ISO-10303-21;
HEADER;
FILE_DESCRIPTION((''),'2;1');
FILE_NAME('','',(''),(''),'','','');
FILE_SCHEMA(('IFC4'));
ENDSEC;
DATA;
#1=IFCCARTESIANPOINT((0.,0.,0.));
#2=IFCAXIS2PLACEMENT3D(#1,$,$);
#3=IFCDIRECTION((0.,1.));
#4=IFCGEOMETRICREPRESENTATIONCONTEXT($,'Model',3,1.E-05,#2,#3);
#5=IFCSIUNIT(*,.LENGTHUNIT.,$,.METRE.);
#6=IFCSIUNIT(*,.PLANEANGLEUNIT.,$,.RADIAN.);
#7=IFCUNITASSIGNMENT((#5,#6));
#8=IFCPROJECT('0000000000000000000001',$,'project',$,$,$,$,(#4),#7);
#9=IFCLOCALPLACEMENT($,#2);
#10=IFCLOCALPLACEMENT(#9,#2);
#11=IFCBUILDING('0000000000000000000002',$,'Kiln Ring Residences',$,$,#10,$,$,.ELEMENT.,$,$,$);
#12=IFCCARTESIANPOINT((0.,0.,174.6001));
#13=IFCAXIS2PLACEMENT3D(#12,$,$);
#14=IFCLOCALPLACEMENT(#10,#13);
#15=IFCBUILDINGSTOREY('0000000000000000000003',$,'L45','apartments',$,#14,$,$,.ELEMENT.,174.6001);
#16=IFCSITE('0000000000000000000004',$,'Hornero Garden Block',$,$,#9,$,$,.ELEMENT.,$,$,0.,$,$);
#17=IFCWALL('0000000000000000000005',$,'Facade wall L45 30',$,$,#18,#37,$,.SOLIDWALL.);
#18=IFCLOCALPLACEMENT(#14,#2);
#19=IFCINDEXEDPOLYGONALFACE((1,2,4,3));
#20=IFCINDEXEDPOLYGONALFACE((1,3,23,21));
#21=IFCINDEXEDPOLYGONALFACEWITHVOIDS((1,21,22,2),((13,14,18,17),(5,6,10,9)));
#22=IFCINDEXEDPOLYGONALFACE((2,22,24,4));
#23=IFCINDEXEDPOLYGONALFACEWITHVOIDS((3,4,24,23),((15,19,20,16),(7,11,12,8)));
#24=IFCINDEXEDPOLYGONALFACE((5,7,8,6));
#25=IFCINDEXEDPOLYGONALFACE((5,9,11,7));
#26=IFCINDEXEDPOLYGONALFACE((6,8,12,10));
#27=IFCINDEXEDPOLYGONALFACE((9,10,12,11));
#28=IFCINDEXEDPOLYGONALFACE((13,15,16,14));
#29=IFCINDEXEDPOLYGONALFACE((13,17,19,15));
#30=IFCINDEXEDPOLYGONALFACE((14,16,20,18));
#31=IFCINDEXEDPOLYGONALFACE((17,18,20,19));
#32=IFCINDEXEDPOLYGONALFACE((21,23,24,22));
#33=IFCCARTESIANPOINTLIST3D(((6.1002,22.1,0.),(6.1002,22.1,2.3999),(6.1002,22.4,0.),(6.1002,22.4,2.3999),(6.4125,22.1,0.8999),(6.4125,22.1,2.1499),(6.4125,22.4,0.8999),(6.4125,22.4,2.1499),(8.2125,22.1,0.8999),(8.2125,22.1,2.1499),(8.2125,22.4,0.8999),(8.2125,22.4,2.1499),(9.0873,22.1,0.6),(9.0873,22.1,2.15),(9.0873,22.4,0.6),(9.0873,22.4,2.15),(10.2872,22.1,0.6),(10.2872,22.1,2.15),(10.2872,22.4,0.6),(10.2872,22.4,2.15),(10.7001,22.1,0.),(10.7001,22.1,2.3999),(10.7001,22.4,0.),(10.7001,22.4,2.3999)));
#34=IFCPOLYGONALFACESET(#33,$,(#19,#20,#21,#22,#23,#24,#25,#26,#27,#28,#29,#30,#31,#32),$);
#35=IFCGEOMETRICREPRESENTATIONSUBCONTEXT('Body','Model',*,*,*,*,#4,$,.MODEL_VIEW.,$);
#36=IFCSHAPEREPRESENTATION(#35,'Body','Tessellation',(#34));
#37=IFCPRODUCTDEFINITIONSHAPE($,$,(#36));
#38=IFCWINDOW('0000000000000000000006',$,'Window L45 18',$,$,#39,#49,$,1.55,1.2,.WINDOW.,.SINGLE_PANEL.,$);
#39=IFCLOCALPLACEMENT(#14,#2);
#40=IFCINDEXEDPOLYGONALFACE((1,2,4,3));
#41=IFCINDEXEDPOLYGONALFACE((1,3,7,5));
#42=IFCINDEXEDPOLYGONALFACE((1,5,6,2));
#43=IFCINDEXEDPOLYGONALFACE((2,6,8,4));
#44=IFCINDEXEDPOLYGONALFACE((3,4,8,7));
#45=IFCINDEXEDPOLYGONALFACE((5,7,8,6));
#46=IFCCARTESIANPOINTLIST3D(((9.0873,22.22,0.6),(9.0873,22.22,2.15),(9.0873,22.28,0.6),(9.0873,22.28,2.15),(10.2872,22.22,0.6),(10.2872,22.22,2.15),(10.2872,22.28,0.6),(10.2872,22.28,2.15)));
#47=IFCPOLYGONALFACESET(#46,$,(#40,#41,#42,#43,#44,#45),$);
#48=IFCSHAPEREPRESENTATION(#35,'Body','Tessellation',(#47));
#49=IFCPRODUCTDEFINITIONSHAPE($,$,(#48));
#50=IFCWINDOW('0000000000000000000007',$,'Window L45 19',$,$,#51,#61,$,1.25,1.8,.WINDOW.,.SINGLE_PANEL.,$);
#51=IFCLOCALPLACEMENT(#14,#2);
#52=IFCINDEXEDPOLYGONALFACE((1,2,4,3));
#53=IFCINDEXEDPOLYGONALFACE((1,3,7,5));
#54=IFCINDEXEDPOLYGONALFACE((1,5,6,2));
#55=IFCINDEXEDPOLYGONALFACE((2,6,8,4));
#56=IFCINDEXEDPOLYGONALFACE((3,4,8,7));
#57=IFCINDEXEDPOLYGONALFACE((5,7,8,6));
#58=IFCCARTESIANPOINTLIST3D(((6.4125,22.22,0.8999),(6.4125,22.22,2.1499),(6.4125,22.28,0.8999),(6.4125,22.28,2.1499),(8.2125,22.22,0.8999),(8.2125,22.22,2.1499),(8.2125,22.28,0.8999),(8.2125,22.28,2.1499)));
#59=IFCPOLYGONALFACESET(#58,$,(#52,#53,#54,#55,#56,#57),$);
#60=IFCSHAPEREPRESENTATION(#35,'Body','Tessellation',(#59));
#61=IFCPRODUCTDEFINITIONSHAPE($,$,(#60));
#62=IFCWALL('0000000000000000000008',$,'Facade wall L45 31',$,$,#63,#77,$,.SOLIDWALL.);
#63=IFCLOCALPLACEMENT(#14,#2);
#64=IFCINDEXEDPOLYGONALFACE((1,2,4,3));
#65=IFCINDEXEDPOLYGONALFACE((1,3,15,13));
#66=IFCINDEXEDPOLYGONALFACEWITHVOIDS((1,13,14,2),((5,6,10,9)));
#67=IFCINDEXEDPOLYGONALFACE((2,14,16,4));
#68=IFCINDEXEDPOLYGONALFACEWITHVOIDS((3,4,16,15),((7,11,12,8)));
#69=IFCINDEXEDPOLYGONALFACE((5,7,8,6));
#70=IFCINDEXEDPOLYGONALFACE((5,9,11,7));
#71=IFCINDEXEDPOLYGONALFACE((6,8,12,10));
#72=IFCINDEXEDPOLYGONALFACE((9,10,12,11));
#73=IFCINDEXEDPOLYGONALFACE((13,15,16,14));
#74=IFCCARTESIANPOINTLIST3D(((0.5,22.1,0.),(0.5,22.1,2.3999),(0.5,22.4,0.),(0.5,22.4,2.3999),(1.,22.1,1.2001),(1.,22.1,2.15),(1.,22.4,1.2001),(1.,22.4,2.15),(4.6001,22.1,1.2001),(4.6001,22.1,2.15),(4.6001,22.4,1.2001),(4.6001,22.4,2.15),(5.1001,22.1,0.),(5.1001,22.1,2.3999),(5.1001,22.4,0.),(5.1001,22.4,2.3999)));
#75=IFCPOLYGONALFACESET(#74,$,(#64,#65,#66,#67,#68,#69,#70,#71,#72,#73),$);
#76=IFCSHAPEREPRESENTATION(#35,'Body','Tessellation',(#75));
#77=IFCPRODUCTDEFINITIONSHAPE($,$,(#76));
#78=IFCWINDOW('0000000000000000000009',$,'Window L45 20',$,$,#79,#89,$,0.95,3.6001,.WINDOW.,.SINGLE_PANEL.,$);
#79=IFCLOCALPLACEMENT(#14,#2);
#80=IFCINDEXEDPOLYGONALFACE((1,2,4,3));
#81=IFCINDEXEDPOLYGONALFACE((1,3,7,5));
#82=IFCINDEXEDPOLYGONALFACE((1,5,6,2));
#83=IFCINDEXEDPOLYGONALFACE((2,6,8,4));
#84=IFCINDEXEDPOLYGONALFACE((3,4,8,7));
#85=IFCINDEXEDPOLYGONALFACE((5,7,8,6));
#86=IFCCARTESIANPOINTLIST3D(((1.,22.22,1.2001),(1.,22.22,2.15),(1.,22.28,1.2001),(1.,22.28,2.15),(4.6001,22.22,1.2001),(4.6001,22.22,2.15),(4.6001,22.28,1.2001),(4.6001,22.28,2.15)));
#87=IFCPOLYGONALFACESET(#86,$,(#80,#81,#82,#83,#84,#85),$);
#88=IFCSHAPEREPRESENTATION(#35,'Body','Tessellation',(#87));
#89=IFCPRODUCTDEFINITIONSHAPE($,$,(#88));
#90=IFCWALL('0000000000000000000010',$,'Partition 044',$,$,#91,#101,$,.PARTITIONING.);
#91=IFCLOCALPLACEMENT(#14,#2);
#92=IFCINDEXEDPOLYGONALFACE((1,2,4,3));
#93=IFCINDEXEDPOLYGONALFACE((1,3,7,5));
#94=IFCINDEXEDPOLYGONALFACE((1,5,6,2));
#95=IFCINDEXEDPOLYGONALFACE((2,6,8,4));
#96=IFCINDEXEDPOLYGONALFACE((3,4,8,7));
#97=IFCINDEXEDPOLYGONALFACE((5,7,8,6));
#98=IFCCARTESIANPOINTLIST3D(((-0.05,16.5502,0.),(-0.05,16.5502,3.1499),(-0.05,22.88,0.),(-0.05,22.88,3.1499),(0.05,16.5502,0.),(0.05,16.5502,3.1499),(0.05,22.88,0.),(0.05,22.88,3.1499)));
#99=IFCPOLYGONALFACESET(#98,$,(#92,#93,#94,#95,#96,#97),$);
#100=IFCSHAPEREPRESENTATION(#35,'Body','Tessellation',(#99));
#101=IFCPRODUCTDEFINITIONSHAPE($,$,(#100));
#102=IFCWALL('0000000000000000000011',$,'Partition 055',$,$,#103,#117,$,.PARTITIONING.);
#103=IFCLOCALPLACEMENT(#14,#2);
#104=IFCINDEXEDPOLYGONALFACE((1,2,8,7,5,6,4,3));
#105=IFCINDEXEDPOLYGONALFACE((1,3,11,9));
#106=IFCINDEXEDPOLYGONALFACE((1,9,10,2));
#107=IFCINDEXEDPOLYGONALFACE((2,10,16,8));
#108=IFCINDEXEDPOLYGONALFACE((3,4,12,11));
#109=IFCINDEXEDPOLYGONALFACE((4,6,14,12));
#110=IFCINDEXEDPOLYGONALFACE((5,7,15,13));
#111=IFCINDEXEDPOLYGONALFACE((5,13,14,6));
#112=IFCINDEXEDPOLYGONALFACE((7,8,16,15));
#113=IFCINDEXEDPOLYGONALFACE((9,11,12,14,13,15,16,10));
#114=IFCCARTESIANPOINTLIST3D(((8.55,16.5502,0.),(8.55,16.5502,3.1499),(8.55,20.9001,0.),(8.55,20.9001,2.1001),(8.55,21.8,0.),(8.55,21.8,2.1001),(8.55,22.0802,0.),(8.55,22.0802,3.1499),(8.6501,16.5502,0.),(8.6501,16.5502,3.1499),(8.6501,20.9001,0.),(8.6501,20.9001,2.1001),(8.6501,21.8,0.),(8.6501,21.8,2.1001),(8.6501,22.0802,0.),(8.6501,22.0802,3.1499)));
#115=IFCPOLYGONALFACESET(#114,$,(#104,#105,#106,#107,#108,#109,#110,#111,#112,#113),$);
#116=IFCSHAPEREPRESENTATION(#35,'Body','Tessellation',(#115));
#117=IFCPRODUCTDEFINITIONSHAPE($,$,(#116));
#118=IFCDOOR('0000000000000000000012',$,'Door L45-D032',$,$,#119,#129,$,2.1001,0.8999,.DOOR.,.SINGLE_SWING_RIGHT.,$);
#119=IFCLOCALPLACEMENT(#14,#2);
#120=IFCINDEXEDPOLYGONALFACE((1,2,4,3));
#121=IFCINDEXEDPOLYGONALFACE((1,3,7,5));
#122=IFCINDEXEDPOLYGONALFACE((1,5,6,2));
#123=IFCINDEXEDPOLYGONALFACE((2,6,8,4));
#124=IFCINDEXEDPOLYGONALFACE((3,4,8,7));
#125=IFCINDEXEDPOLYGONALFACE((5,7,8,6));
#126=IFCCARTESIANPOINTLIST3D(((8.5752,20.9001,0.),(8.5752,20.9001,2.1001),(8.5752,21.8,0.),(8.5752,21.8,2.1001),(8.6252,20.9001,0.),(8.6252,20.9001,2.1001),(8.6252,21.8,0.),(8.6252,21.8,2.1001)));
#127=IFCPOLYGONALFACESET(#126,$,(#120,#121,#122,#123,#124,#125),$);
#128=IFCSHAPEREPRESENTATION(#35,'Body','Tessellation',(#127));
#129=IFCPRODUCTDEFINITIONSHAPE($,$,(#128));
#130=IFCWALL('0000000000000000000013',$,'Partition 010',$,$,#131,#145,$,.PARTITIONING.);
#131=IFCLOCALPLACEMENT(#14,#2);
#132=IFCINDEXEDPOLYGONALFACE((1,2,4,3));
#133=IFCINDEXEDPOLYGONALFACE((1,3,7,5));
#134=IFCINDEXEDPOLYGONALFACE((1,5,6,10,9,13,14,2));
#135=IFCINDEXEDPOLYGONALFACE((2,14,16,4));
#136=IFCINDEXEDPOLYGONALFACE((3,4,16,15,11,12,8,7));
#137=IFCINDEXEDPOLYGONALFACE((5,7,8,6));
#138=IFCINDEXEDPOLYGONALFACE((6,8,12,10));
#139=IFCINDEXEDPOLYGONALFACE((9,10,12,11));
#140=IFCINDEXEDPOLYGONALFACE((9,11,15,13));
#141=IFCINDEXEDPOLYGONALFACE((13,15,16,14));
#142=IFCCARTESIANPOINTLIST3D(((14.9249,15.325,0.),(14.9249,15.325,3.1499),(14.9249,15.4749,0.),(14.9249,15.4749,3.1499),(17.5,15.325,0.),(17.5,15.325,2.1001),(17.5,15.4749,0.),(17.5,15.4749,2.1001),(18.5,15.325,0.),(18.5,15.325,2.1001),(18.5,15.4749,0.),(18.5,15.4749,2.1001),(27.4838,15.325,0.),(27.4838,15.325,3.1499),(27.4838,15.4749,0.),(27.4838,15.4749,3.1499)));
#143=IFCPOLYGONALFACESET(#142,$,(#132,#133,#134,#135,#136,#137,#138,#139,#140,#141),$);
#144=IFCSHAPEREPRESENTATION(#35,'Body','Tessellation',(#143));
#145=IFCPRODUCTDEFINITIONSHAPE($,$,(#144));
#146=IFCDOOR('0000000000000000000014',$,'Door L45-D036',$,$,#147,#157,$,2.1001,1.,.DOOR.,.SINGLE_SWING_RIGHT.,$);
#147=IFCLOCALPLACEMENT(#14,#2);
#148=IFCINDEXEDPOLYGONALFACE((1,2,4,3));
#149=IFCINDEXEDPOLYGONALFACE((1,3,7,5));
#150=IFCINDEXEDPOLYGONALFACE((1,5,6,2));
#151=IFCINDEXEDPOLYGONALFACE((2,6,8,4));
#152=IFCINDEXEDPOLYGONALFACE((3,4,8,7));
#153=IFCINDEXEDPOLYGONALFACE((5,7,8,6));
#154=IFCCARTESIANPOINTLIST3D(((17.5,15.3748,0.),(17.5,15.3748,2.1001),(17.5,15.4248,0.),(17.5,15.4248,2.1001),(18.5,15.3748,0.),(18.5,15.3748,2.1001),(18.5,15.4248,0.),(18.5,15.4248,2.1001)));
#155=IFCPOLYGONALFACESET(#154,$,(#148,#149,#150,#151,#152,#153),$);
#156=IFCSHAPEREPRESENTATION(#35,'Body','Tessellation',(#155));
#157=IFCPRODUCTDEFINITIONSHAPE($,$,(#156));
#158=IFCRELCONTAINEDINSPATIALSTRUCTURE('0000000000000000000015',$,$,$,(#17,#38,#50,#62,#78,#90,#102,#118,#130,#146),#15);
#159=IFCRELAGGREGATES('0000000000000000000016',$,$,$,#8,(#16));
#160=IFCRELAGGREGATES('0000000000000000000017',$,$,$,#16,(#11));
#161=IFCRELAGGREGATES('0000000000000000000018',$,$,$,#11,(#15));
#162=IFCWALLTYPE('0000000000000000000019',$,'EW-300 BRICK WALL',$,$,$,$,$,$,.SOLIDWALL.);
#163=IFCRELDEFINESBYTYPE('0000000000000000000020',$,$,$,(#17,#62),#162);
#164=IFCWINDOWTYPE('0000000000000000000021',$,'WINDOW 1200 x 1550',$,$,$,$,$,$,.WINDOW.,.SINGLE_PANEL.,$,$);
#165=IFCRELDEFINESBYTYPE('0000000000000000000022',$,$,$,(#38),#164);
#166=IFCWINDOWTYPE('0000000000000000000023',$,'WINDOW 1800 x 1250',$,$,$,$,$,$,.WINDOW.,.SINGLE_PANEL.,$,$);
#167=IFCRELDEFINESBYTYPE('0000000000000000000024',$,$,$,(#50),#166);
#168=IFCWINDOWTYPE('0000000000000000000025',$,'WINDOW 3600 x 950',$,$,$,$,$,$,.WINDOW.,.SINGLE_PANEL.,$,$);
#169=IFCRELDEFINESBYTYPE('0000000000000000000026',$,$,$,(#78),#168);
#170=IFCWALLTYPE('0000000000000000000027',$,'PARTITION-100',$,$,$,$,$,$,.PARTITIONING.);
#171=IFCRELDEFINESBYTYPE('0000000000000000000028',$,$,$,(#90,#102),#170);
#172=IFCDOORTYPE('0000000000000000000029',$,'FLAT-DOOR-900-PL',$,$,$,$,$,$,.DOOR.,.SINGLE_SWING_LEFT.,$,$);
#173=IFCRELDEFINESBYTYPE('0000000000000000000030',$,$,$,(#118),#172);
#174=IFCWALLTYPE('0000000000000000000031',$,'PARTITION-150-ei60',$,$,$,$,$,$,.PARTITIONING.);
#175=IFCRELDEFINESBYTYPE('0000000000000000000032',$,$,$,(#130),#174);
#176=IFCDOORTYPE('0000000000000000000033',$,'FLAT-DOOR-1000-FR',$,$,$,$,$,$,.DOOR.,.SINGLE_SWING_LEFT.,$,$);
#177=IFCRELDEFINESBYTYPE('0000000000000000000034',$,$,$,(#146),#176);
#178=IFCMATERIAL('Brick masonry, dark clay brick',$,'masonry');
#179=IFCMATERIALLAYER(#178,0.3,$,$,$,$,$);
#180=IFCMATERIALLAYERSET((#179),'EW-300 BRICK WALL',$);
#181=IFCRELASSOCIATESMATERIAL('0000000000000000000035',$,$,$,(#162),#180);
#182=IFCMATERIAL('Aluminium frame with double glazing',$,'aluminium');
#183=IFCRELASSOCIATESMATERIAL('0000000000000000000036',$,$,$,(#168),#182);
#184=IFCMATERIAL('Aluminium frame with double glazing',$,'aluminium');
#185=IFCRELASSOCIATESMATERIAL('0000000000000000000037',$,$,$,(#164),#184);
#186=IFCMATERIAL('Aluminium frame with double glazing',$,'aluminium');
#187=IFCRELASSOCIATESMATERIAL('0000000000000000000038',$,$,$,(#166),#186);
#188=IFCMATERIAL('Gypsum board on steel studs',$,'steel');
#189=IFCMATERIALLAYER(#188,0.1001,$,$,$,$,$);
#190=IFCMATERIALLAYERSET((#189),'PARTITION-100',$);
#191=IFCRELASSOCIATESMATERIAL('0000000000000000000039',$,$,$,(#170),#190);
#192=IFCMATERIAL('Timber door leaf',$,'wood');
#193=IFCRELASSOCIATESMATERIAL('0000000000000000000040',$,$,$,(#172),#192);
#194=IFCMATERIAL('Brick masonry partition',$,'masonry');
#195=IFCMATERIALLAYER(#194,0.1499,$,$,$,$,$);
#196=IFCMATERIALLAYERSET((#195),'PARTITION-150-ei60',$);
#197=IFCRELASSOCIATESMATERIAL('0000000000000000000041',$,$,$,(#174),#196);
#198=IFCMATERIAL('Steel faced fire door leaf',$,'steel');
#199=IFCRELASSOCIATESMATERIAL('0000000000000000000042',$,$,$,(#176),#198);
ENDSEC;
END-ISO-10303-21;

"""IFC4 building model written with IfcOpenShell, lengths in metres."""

from ifc_helpers import new_model, si_unit, direction, frame, frame_2d, origin, place, context, subcontext, project, spatial, rectangle, extrude, material, layer, layer_set, type_object, element, fill, save


model = new_model("IFC4")

# Units and contexts
model_context = context("Model", 3, precision=1e-05, world=origin(), true_north=direction((0.0, 1.0)))
body_context = subcontext(model_context, "Body", "Model", "MODEL_VIEW")
ifc_project = project(units=[si_unit("LENGTHUNIT", "METRE"), si_unit("PLANEANGLEUNIT", "RADIAN")], contexts=[model_context])

# Site, building, storey
site_placement = place(None, origin())
site = spatial("IfcSite", under=ifc_project, at=site_placement, Name="Hornero Garden Block", CompositionType="ELEMENT", RefElevation=0.0)
building_placement = place(site_placement, origin())
building = spatial("IfcBuilding", under=site, at=building_placement, Name="Kiln Ring Residences", CompositionType="ELEMENT")
storey_placement = place(building_placement, frame((0.0, 0.0, 174.6001)))
storey = spatial("IfcBuildingStorey", under=building, at=storey_placement, Name="L45", Description="apartments", CompositionType="ELEMENT", Elevation=174.6001)

# Shared definitions
ifc_material_1 = material(Name="Brick masonry, dark clay brick", Category="masonry")
ifc_layer_1 = layer(ifc_material_1, 0.3)
ifc_layer_set_1 = layer_set([ifc_layer_1], Name="EW-300 BRICK WALL")
wall_type_1 = type_object("IfcWallType", Name="EW-300 BRICK WALL", PredefinedType="SOLIDWALL", material=ifc_layer_set_1)
ifc_material_2 = material(Name="Aluminium frame with double glazing", Category="aluminium")
window_type_1 = type_object("IfcWindowType", Name="WINDOW 3600 x 950", PartitioningType="SINGLE_PANEL", PredefinedType="WINDOW", material=ifc_material_2)

# Wall, openings, windows
wall_1_placement = place(storey_placement, frame((10.7, 22.25, 0.0), z_axis=(0.0, 0.0, 1.0), x_axis=(-1.0, 0.0, 0.0)))
wall_1 = element("IfcWall", 1, at=wall_1_placement, inside=storey, type_object=wall_type_1, Name="Facade wall L45 30", PredefinedType="SOLIDWALL", context=body_context, shape_type="SweptSolid", body=[
    extrude(rectangle(XDim=4.5999, YDim=0.3, at=frame_2d((2.2998, 0.0))), origin(), (0.0, 0.0, 1.0), 2.3999),
])
opening_1_placement = place(wall_1_placement, frame((0.4126, 0.0, 0.6001)))
opening_1 = element("IfcOpeningElement", 2, at=opening_1_placement, cuts=wall_1, PredefinedType="OPENING", context=body_context, shape_type="SweptSolid", body=[
    extrude(rectangle(XDim=1.2, YDim=1.55, at=frame_2d((0.6001, 0.7749))), frame((0.0, 0.1599, 0.0), z_axis=(0.0, -1.0, 0.0), x_axis=(1.0, 0.0, 0.0)), (0.0, 0.0, 1.0), 0.3201),
])
opening_2_placement = place(wall_1_placement, frame((2.4875, 0.0, 0.8999)))
opening_2 = element("IfcOpeningElement", 3, at=opening_2_placement, cuts=wall_1, PredefinedType="OPENING", context=body_context, shape_type="SweptSolid", body=[
    extrude(rectangle(XDim=1.8, YDim=1.25, at=frame_2d((0.8999, 0.625))), frame((0.0, 0.1599, 0.0), z_axis=(0.0, -1.0, 0.0), x_axis=(1.0, 0.0, 0.0)), (0.0, 0.0, 1.0), 0.3201),
])
ifc_material_3 = material(Name="Aluminium frame with double glazing", Category="aluminium")
window_type_2 = type_object("IfcWindowType", Name="WINDOW 1200 x 1550", PartitioningType="SINGLE_PANEL", PredefinedType="WINDOW", material=ifc_material_3)
window_1_placement = place(opening_1_placement, origin())
window_1 = element("IfcWindow", 4, at=window_1_placement, inside=storey, type_object=window_type_2, Name="Window L45 18", OverallHeight=1.55, OverallWidth=1.2, PartitioningType="SINGLE_PANEL", PredefinedType="WINDOW", context=body_context, shape_type="SweptSolid", body=[
    extrude(rectangle(XDim=1.2, YDim=1.55, at=frame_2d((0.6001, 0.7749))), frame((0.0, 0.03, 0.0), z_axis=(0.0, -1.0, 0.0), x_axis=(1.0, 0.0, 0.0)), (0.0, 0.0, 1.0), 0.0601),
])
fill(opening_1, window_1)
ifc_material_4 = material(Name="Aluminium frame with double glazing", Category="aluminium")
window_type_3 = type_object("IfcWindowType", Name="WINDOW 1800 x 1250", PartitioningType="SINGLE_PANEL", PredefinedType="WINDOW", material=ifc_material_4)
window_2_placement = place(opening_2_placement, origin())
window_2 = element("IfcWindow", 5, at=window_2_placement, inside=storey, type_object=window_type_3, Name="Window L45 19", OverallHeight=1.25, OverallWidth=1.8, PartitioningType="SINGLE_PANEL", PredefinedType="WINDOW", context=body_context, shape_type="SweptSolid", body=[
    extrude(rectangle(XDim=1.8, YDim=1.25, at=frame_2d((0.8999, 0.625))), frame((0.0, 0.03, 0.0), z_axis=(0.0, -1.0, 0.0), x_axis=(1.0, 0.0, 0.0)), (0.0, 0.0, 1.0), 0.0601),
])
fill(opening_2, window_2)

# Wall, opening, window
wall_2_placement = place(storey_placement, frame((5.1001, 22.25, 0.0), z_axis=(0.0, 0.0, 1.0), x_axis=(-1.0, 0.0, 0.0)))
wall_2 = element("IfcWall", 6, at=wall_2_placement, inside=storey, type_object=wall_type_1, Name="Facade wall L45 31", PredefinedType="SOLIDWALL", context=body_context, shape_type="SweptSolid", body=[
    extrude(rectangle(XDim=4.6001, YDim=0.3, at=frame_2d((2.3, 0.0))), origin(), (0.0, 0.0, 1.0), 2.3999),
])
opening_3_placement = place(wall_2_placement, frame((0.5, 0.0, 1.2)))
opening_3 = element("IfcOpeningElement", 7, at=opening_3_placement, cuts=wall_2, PredefinedType="OPENING", context=body_context, shape_type="SweptSolid", body=[
    extrude(rectangle(XDim=3.6001, YDim=0.95, at=frame_2d((1.8, 0.4751))), frame((0.0, 0.1599, 0.0), z_axis=(0.0, -1.0, 0.0), x_axis=(1.0, 0.0, 0.0)), (0.0, 0.0, 1.0), 0.3201),
])
window_3_placement = place(opening_3_placement, origin())
window_3 = element("IfcWindow", 8, at=window_3_placement, inside=storey, type_object=window_type_1, Name="Window L45 20", OverallHeight=0.95, OverallWidth=3.6001, PartitioningType="SINGLE_PANEL", PredefinedType="WINDOW", context=body_context, shape_type="SweptSolid", body=[
    extrude(rectangle(XDim=3.6001, YDim=0.95, at=frame_2d((1.8, 0.4751))), frame((0.0, 0.03, 0.0), z_axis=(0.0, -1.0, 0.0), x_axis=(1.0, 0.0, 0.0)), (0.0, 0.0, 1.0), 0.0601),
])
fill(opening_3, window_3)

# Wall
ifc_material_5 = material(Name="Gypsum board on steel studs", Category="steel")
ifc_layer_2 = layer(ifc_material_5, 0.1001)
ifc_layer_set_2 = layer_set([ifc_layer_2], Name="PARTITION-100")
wall_type_2 = type_object("IfcWallType", Name="PARTITION-100", PredefinedType="PARTITIONING", material=ifc_layer_set_2)
wall_3_placement = place(storey_placement, frame((0.0, 16.55, 0.0), z_axis=(0.0, 0.0, 1.0), x_axis=(0.0, 1.0, 0.0)))
element("IfcWall", 9, at=wall_3_placement, inside=storey, type_object=wall_type_2, Name="Partition 044", PredefinedType="PARTITIONING", context=body_context, shape_type="SweptSolid", body=[
    extrude(rectangle(XDim=6.3298, YDim=0.1001, at=frame_2d((3.165, 0.0))), origin(), (0.0, 0.0, 1.0), 3.1499),
])

# Walls, openings, doors
wall_4_placement = place(storey_placement, frame((8.6001, 16.55, 0.0), z_axis=(0.0, 0.0, 1.0), x_axis=(0.0, 1.0, 0.0)))
wall_4 = element("IfcWall", 10, at=wall_4_placement, inside=storey, type_object=wall_type_2, Name="Partition 055", PredefinedType="PARTITIONING", context=body_context, shape_type="SweptSolid", body=[
    extrude(rectangle(XDim=5.53, YDim=0.1001, at=frame_2d((2.7651, 0.0))), origin(), (0.0, 0.0, 1.0), 3.1499),
])
opening_4_placement = place(wall_4_placement, frame((4.3501, 0.0, 0.0)))
opening_4 = element("IfcOpeningElement", 11, at=opening_4_placement, cuts=wall_4, PredefinedType="OPENING", context=body_context, shape_type="SweptSolid", body=[
    extrude(rectangle(XDim=0.8999, YDim=2.1001, at=frame_2d((0.45, 1.05))), frame((0.0, 0.0601, 0.0), z_axis=(0.0, -1.0, 0.0), x_axis=(1.0, 0.0, 0.0)), (0.0, 0.0, 1.0), 0.1201),
])
ifc_material_6 = material(Name="Timber door leaf", Category="wood")
door_type_1 = type_object("IfcDoorType", Name="FLAT-DOOR-900-PL", OperationType="SINGLE_SWING_LEFT", PredefinedType="DOOR", material=ifc_material_6)
door_1_placement = place(opening_4_placement, origin())
door_1 = element("IfcDoor", 12, at=door_1_placement, inside=storey, type_object=door_type_1, Name="Door L45-D032", OperationType="SINGLE_SWING_RIGHT", OverallHeight=2.1001, OverallWidth=0.8999, PredefinedType="DOOR", context=body_context, shape_type="SweptSolid", body=[
    extrude(rectangle(XDim=0.8999, YDim=2.1001, at=frame_2d((0.45, 1.05))), frame((0.0, 0.0249, 0.0), z_axis=(0.0, -1.0, 0.0), x_axis=(1.0, 0.0, 0.0)), (0.0, 0.0, 1.0), 0.05),
])
fill(opening_4, door_1)
ifc_material_7 = material(Name="Brick masonry partition", Category="masonry")
ifc_layer_3 = layer(ifc_material_7, 0.1499)
ifc_layer_set_3 = layer_set([ifc_layer_3], Name="PARTITION-150-ei60")
wall_type_3 = type_object("IfcWallType", Name="PARTITION-150-ei60", PredefinedType="PARTITIONING", material=ifc_layer_set_3)
wall_5_placement = place(storey_placement, frame((14.925, 15.3999, 0.0), z_axis=(0.0, 0.0, 1.0), x_axis=(1.0, 0.0, 0.0)))
wall_5 = element("IfcWall", 13, at=wall_5_placement, inside=storey, type_object=wall_type_3, Name="Partition 010", PredefinedType="PARTITIONING", context=body_context, shape_type="SweptSolid", body=[
    extrude(rectangle(XDim=12.5588, YDim=0.1499, at=frame_2d((6.2793, 0.0))), origin(), (0.0, 0.0, 1.0), 3.1499),
])
opening_5_placement = place(wall_5_placement, frame((2.575, 0.0, 0.0)))
opening_5 = element("IfcOpeningElement", 14, at=opening_5_placement, cuts=wall_5, PredefinedType="OPENING", context=body_context, shape_type="SweptSolid", body=[
    extrude(rectangle(XDim=1.0, YDim=2.1001, at=frame_2d((0.5, 1.05))), frame((0.0, 0.085, 0.0), z_axis=(0.0, -1.0, 0.0), x_axis=(1.0, 0.0, 0.0)), (0.0, 0.0, 1.0), 0.1699),
])
ifc_material_8 = material(Name="Steel faced fire door leaf", Category="steel")
door_type_2 = type_object("IfcDoorType", Name="FLAT-DOOR-1000-FR", OperationType="SINGLE_SWING_LEFT", PredefinedType="DOOR", material=ifc_material_8)
door_2_placement = place(opening_5_placement, origin())
door_2 = element("IfcDoor", 15, at=door_2_placement, inside=storey, type_object=door_type_2, Name="Door L45-D036", OperationType="SINGLE_SWING_RIGHT", OverallHeight=2.1001, OverallWidth=1.0, PredefinedType="DOOR", context=body_context, shape_type="SweptSolid", body=[
    extrude(rectangle(XDim=1.0, YDim=2.1001, at=frame_2d((0.5, 1.05))), frame((0.0, 0.0249, 0.0), z_axis=(0.0, -1.0, 0.0), x_axis=(1.0, 0.0, 0.0)), (0.0, 0.0, 1.0), 0.05),
])
fill(opening_5, door_2)

save(model, "model.ifc")
